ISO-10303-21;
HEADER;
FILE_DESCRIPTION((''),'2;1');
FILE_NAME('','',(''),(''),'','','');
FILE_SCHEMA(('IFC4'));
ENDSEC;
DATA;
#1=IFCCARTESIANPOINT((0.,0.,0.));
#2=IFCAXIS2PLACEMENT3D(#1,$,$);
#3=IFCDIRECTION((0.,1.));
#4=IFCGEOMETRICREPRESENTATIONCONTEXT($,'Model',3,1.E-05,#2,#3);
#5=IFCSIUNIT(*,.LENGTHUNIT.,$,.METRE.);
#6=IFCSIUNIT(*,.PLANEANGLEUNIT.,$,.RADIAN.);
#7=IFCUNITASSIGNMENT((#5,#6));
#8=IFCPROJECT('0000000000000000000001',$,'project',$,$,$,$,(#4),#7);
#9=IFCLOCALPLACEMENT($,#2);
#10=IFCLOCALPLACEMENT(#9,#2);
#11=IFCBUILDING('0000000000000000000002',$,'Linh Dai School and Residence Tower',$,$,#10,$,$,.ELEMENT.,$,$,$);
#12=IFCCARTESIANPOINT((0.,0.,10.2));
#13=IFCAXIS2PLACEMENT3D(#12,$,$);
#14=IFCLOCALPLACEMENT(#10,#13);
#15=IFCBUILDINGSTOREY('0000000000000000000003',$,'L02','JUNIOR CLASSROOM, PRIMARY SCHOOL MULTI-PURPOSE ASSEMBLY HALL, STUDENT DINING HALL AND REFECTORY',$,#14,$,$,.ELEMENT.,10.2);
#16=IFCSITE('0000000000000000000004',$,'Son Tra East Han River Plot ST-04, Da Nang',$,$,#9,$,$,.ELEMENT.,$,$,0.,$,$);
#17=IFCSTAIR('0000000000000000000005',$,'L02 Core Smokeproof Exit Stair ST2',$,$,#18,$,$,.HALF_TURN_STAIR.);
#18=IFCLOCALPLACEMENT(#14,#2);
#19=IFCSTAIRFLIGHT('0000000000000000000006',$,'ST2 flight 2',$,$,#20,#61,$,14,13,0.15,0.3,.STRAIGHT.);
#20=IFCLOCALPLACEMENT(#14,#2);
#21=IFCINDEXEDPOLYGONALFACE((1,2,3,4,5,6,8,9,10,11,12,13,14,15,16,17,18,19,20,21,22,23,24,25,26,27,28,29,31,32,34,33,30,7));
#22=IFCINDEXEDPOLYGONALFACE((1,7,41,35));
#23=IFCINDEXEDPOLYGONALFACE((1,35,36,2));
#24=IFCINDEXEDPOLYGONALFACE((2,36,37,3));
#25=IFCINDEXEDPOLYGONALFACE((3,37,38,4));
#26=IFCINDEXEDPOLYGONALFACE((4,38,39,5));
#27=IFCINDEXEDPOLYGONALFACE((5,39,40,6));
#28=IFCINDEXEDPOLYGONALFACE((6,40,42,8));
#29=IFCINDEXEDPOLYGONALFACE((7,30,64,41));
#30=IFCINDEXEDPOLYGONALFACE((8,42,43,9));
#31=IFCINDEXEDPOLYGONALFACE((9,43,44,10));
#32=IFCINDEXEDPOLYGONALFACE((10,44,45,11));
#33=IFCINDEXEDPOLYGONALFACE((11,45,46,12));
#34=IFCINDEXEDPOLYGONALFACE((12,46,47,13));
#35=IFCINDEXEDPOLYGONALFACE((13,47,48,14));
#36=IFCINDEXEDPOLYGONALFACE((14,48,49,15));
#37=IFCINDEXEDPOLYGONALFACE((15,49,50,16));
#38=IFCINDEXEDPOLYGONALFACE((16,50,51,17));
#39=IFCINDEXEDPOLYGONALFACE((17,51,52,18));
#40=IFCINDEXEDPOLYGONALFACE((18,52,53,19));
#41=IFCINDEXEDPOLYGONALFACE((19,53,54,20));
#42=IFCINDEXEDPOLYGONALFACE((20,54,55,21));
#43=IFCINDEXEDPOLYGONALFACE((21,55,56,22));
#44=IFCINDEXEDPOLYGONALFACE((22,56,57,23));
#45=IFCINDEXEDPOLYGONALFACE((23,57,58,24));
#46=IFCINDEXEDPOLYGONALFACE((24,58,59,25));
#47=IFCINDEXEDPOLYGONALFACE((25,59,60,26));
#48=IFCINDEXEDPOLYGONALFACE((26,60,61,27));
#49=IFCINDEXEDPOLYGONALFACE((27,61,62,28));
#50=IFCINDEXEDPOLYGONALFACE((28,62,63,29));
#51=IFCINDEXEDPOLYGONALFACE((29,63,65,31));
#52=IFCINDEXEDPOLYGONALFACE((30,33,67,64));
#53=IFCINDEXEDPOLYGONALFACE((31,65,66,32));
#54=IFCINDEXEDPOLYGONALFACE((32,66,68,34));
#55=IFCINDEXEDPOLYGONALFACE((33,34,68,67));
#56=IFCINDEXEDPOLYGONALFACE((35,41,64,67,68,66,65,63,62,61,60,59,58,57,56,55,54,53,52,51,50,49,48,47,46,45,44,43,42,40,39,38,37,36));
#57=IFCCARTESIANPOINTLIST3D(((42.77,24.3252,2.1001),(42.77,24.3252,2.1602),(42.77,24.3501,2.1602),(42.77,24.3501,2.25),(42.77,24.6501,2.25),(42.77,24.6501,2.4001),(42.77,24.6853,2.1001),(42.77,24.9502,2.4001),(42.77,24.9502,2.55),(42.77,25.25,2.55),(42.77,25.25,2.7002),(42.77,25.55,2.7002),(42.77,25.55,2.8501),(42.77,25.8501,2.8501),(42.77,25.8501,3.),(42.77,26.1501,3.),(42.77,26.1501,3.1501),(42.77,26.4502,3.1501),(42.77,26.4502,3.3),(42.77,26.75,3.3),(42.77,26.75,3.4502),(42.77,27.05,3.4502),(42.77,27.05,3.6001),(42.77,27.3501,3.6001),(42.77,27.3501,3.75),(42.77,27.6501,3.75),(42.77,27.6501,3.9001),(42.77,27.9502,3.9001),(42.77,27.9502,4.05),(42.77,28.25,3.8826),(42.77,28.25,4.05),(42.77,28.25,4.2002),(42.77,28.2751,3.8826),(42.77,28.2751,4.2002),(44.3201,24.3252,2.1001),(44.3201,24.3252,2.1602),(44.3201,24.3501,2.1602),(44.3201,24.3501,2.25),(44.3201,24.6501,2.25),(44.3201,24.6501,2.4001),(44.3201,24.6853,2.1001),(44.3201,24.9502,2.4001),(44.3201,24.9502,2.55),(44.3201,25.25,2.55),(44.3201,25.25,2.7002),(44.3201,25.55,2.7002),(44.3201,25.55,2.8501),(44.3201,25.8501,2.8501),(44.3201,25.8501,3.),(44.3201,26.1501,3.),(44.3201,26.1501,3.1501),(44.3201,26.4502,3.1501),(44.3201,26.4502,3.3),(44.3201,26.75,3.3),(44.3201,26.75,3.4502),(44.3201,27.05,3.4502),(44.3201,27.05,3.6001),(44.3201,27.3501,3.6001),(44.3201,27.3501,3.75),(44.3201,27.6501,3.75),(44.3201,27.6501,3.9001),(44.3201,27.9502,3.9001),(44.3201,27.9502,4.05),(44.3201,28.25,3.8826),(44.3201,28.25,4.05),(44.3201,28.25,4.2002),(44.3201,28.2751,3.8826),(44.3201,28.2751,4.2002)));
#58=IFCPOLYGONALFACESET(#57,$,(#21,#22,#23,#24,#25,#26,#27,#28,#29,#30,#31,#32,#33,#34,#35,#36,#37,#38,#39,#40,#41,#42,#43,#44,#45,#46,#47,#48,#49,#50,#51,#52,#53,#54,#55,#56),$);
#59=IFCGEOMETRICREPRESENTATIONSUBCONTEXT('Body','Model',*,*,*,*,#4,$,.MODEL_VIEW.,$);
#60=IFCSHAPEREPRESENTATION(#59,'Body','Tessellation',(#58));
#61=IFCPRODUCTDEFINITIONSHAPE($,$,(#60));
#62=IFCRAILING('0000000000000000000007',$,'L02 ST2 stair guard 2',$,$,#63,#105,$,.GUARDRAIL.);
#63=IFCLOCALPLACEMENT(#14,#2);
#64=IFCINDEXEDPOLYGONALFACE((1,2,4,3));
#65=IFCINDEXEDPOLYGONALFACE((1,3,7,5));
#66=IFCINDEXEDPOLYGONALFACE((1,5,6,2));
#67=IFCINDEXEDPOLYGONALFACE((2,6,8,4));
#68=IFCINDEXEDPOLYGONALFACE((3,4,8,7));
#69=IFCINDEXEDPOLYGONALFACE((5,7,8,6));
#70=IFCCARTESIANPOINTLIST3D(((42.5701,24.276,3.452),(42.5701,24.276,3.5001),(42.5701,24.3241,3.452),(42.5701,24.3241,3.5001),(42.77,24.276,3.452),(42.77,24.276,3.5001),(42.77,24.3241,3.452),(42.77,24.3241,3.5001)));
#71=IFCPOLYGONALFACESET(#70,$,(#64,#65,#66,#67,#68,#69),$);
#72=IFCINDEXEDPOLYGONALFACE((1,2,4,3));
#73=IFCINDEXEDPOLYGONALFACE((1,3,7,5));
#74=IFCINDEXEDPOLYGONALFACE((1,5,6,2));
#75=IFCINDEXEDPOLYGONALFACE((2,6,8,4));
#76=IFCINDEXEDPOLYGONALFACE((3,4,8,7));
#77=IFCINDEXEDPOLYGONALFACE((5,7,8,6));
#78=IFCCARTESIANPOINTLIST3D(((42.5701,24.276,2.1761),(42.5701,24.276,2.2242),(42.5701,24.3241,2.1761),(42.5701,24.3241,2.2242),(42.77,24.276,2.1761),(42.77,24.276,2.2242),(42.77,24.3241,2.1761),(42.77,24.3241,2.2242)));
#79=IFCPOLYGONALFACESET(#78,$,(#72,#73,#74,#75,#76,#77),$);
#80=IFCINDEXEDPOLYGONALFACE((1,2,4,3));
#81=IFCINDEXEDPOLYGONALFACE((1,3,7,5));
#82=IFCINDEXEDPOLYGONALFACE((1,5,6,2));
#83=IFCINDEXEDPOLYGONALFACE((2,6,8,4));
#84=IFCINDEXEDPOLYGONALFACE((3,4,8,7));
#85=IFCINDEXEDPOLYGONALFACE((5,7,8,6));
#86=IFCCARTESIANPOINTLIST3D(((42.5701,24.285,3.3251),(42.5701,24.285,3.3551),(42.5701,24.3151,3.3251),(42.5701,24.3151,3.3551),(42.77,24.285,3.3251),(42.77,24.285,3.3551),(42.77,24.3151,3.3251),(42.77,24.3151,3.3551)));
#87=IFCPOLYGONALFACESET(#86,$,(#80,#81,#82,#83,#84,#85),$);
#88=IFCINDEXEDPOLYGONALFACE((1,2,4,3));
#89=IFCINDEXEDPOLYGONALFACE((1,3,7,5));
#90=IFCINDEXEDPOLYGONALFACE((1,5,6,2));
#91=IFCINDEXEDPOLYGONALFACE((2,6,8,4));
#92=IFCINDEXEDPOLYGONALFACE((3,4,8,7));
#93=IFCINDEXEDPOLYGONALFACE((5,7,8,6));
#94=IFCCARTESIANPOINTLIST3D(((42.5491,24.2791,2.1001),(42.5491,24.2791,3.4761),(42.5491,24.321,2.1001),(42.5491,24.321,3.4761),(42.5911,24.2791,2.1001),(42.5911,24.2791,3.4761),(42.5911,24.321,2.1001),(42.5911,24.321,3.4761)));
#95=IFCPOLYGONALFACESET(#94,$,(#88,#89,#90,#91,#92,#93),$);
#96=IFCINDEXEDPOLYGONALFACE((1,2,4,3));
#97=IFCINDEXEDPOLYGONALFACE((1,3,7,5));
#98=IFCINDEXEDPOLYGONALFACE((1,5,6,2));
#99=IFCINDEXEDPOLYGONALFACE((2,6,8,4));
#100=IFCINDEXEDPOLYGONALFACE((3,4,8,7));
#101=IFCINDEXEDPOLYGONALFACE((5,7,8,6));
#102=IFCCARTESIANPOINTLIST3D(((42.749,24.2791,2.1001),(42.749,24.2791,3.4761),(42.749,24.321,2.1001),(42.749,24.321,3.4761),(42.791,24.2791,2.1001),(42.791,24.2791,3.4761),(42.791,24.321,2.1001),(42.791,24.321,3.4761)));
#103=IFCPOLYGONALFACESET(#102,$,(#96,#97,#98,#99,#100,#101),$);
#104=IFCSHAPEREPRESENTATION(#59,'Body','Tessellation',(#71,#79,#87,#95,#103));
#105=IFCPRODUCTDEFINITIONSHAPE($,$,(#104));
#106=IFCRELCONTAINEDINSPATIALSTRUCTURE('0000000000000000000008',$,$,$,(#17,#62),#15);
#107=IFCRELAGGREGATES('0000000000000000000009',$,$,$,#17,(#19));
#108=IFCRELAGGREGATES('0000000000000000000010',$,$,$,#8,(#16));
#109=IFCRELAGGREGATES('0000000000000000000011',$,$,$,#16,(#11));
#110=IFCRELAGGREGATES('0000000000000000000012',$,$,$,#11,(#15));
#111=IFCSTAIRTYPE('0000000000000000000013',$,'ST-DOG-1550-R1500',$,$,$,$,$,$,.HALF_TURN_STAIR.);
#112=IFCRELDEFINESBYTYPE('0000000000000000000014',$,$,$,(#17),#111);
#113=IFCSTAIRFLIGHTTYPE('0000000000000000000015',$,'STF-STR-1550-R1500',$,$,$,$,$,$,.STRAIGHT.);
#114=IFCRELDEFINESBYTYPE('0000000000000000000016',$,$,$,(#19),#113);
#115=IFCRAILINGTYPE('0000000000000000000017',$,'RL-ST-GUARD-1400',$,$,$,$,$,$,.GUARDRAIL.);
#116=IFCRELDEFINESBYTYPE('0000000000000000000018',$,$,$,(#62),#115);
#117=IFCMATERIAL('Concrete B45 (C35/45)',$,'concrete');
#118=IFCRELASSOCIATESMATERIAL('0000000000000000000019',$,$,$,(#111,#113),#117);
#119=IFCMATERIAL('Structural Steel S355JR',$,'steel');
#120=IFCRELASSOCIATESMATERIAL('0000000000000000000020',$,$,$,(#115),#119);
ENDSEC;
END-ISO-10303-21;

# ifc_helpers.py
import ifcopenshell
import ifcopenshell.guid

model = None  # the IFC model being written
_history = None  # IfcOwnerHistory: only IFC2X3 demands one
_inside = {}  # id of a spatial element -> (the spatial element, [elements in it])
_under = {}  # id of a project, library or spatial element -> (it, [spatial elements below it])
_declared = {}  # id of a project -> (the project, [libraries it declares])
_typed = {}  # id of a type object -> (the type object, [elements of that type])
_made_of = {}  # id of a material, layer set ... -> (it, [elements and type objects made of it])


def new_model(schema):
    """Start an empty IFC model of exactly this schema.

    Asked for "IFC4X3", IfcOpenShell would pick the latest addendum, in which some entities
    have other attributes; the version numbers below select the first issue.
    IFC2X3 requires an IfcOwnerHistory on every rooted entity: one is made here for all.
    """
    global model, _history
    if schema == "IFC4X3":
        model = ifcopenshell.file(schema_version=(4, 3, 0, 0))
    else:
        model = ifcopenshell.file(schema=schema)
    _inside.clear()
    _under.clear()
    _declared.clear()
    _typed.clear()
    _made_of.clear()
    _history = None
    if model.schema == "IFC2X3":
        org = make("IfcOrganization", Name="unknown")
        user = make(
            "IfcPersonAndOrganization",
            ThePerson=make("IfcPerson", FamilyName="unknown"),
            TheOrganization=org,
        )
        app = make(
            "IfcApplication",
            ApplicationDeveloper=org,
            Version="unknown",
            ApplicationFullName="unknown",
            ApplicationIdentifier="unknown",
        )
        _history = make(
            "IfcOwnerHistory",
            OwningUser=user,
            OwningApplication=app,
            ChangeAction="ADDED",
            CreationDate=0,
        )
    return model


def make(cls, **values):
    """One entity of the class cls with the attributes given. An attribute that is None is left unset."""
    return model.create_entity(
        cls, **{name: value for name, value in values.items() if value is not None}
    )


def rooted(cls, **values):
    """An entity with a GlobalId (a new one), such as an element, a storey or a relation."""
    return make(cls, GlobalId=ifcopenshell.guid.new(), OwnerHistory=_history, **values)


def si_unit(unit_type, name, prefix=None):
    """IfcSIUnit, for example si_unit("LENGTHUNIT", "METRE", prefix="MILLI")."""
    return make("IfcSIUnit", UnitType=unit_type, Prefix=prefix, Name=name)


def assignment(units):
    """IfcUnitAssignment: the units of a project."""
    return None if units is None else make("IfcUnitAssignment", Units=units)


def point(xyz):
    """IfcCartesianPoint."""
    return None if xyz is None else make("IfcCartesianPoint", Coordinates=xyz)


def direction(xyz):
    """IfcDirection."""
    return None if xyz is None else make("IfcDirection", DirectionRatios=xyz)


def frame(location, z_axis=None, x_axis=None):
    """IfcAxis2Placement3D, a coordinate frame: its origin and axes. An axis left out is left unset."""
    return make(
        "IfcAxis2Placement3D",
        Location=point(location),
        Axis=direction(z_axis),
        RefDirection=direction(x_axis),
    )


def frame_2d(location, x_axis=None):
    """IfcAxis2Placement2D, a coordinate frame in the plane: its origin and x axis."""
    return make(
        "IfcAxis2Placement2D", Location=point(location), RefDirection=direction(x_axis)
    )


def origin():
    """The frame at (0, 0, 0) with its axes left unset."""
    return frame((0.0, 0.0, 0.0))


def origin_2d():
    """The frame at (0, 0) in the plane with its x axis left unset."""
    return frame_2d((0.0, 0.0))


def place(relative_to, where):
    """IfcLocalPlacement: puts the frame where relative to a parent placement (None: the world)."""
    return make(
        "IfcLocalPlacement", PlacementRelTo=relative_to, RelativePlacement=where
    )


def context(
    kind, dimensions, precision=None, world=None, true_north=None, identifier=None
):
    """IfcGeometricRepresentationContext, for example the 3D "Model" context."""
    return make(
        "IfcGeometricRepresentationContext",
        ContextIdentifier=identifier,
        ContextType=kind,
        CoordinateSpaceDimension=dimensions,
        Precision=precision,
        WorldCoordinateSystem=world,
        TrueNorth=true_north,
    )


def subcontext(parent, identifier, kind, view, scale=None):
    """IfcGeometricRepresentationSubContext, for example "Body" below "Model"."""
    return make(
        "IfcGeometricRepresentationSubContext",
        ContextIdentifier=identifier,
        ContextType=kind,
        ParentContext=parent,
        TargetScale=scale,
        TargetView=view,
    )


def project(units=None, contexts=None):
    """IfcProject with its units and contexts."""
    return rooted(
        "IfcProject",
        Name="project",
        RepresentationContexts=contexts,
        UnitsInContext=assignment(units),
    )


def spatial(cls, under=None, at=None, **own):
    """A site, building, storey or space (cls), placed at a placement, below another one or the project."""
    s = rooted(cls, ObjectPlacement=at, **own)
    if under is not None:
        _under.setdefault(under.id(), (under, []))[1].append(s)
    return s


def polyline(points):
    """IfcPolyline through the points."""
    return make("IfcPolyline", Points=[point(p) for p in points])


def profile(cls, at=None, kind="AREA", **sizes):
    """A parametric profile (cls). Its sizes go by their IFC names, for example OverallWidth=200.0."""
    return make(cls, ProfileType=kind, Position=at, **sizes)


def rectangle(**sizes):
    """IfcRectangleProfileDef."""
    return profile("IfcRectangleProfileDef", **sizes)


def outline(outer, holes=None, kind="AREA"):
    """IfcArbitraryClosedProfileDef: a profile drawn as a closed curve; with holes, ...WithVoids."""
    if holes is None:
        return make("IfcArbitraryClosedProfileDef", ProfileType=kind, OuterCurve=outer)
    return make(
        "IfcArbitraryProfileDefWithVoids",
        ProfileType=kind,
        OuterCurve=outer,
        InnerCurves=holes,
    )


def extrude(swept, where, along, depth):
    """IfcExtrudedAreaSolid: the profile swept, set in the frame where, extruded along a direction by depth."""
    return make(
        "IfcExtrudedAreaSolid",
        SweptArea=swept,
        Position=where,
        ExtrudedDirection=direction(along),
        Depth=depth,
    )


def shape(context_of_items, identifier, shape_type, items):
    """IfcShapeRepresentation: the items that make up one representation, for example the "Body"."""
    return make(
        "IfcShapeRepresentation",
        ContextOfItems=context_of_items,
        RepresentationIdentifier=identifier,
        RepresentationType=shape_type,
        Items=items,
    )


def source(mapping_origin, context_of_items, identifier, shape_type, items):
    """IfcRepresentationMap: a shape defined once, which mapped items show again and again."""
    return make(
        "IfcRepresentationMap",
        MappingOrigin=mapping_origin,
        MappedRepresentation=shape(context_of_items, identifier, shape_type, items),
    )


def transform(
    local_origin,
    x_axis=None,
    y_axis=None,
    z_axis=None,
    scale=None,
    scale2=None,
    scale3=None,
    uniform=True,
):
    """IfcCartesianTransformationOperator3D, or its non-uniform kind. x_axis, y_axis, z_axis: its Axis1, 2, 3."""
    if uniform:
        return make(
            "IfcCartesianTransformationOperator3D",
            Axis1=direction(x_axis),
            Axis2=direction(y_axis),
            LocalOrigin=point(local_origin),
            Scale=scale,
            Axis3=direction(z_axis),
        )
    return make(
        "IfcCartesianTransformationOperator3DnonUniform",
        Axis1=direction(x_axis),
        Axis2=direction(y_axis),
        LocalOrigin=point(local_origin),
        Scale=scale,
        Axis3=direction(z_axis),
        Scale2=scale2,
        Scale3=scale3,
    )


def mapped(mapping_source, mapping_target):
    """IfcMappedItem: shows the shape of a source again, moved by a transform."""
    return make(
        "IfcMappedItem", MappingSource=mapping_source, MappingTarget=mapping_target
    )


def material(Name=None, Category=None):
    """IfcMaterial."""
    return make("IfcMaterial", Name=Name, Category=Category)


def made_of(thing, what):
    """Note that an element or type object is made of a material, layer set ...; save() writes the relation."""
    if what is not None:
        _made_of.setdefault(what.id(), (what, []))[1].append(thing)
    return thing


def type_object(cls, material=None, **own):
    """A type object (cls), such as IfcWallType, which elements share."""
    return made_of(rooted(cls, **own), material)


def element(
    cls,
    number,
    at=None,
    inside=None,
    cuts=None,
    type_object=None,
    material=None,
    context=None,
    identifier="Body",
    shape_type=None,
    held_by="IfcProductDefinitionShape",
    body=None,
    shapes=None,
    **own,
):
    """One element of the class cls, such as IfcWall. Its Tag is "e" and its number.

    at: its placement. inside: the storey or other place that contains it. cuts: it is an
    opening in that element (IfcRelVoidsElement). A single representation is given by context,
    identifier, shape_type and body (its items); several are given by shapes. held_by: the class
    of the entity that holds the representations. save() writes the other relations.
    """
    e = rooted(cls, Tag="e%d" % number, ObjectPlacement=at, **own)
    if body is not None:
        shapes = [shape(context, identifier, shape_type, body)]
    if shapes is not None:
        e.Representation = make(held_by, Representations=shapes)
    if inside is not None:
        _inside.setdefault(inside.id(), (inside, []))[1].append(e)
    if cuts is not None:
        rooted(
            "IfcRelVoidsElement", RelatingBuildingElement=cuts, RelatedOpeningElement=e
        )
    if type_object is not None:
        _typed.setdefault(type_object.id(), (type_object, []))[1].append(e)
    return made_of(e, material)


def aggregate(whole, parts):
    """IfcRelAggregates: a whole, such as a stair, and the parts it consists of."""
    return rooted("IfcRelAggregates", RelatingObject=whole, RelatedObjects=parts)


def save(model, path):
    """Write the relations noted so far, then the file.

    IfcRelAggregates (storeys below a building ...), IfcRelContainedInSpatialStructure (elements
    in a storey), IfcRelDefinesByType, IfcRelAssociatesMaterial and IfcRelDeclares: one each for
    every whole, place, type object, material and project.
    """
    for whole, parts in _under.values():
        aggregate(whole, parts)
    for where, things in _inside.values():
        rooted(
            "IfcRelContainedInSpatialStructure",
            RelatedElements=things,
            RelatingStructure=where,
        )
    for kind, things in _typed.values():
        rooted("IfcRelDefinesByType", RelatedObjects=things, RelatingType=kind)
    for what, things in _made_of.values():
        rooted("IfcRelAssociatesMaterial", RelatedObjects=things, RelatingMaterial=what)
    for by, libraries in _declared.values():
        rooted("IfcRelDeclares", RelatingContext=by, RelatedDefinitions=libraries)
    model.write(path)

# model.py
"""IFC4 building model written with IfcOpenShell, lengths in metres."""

from ifc_helpers import new_model, si_unit, direction, frame, origin, origin_2d, place, context, subcontext, project, spatial, polyline, rectangle, outline, extrude, source, transform, mapped, material, type_object, element, aggregate, save


model = new_model("IFC4")

# Units and contexts
model_context = context("Model", 3, precision=1e-05, world=origin(), true_north=direction((0.0, 1.0)))
body_context = subcontext(model_context, "Body", "Model", "MODEL_VIEW")
ifc_project = project(units=[si_unit("LENGTHUNIT", "METRE"), si_unit("PLANEANGLEUNIT", "RADIAN")], contexts=[model_context])

# Site, building, storey
site_placement = place(None, origin())
site = spatial("IfcSite", under=ifc_project, at=site_placement, Name="Son Tra East Han River Plot ST-04, Da Nang", CompositionType="ELEMENT", RefElevation=0.0)
building_placement = place(site_placement, origin())
building = spatial("IfcBuilding", under=site, at=building_placement, Name="Linh Dai School and Residence Tower", CompositionType="ELEMENT")
storey_placement = place(building_placement, frame((0.0, 0.0, 10.2)))
storey = spatial("IfcBuildingStorey", under=building, at=storey_placement, Name="L02", Description="JUNIOR CLASSROOM, PRIMARY SCHOOL MULTI-PURPOSE ASSEMBLY HALL, STUDENT DINING HALL AND REFECTORY", CompositionType="ELEMENT", Elevation=10.2)

# Shared definitions
ifc_material_1 = material(Name="Structural Steel S355JR", Category="steel")

# Shared definitions
ifc_material_2 = material(Name="Concrete B45 (C35/45)", Category="concrete")

# Stair, stair flight
stair_type = type_object("IfcStairType", Name="ST-DOG-1550-R1500", PredefinedType="HALF_TURN_STAIR", material=ifc_material_2)
stair_placement = place(storey_placement, origin())
stair = element("IfcStair", 1, at=stair_placement, inside=storey, type_object=stair_type, Name="L02 Core Smokeproof Exit Stair ST2", PredefinedType="HALF_TURN_STAIR")
stair_flight_type = type_object("IfcStairFlightType", Name="STF-STR-1550-R1500", PredefinedType="STRAIGHT", material=ifc_material_2)
shared_shape_1 = source(origin(), body_context, "Body", "SweptSolid", [
    extrude(outline(polyline([(-0.0249, 0.0), (-0.0249, 0.0601), (0.0, 0.0601), (0.0, 0.1499), (0.3, 0.1499), (0.3, 0.3), (0.6001, 0.3), (0.6001, 0.45), (0.8999, 0.45), (0.8999, 0.6001), (1.2, 0.6001), (1.2, 0.75), (1.5, 0.75), (1.5, 0.8999), (1.8, 0.8999), (1.8, 1.05), (2.1001, 1.05), (2.1001, 1.2), (2.3999, 1.2), (2.3999, 1.3501), (2.7, 1.3501), (2.7, 1.5), (3.0, 1.5), (3.0, 1.6499), (3.3, 1.6499), (3.3, 1.8), (3.6001, 1.8), (3.6001, 1.95), (3.8999, 1.95), (3.8999, 2.1001), (3.925, 2.1001), (3.925, 1.7825), (3.8999, 1.7825), (0.3352, 0.0), (-0.0249, 0.0)])), frame((0.0, 0.7749, 0.0), z_axis=(0.0, -1.0, 0.0), x_axis=(1.0, 0.0, 0.0)), (0.0, 0.0, 1.0), 1.55),
])
stair_flight_placement = place(storey_placement, frame((43.5449, 24.3501, 2.1001), z_axis=(0.0, 0.0, 1.0), x_axis=(0.0, 1.0, 0.0)))
stair_flight = element("IfcStairFlight", 2, at=stair_flight_placement, type_object=stair_flight_type, Name="ST2 flight 2", NumberOfRisers=14, NumberOfTreads=13, PredefinedType="STRAIGHT", RiserHeight=0.15, TreadLength=0.3, context=body_context, shape_type="MappedRepresentation", body=[
    mapped(shared_shape_1, transform((0.0, 0.0, 0.0), x_axis=(1.0, 0.0, 0.0), y_axis=(0.0, 1.0, 0.0), z_axis=(0.0, 0.0, 1.0), scale=1.0)),
])
aggregate(stair, [stair_flight])

# Railing
railing_type = type_object("IfcRailingType", Name="RL-ST-GUARD-1400", PredefinedType="GUARDRAIL", material=ifc_material_1)
shared_shape_2 = source(origin(), body_context, "Body", "SweptSolid", [
    extrude(rectangle(XDim=0.0481, YDim=0.0481, at=origin_2d()), frame((0.0, 0.0, 1.376), z_axis=(1.0, 0.0, 0.0), x_axis=(0.0, 1.0, 0.0)), (0.0, 0.0, 1.0), 0.2),
    extrude(rectangle(XDim=0.0481, YDim=0.0481, at=origin_2d()), frame((0.0, 0.0, 0.1001), z_axis=(1.0, 0.0, 0.0), x_axis=(0.0, 1.0, 0.0)), (0.0, 0.0, 1.0), 0.2),
    extrude(rectangle(XDim=0.03, YDim=0.03, at=origin_2d()), frame((0.0, 0.0, 1.24), z_axis=(1.0, 0.0, 0.0), x_axis=(0.0, 1.0, 0.0)), (0.0, 0.0, 1.0), 0.2),
    extrude(rectangle(XDim=0.042, YDim=0.042, at=origin_2d()), origin(), (0.0, 0.0, 1.0), 1.376),
    extrude(rectangle(XDim=0.042, YDim=0.042, at=origin_2d()), frame((0.2, 0.0, 0.0)), (0.0, 0.0, 1.0), 1.376),
])
railing_1_placement = place(storey_placement, frame((42.5701, 24.3, 2.1001)))
element("IfcRailing", 3, at=railing_1_placement, inside=storey, type_object=railing_type, Name="L02 ST2 stair guard 2", PredefinedType="GUARDRAIL", context=body_context, shape_type="MappedRepresentation", body=[
    mapped(shared_shape_2, transform((0.0, 0.0, 0.0), x_axis=(1.0, 0.0, 0.0), y_axis=(0.0, 1.0, 0.0), z_axis=(0.0, 0.0, 1.0), scale=1.0)),
])

save(model, "model.ifc")
